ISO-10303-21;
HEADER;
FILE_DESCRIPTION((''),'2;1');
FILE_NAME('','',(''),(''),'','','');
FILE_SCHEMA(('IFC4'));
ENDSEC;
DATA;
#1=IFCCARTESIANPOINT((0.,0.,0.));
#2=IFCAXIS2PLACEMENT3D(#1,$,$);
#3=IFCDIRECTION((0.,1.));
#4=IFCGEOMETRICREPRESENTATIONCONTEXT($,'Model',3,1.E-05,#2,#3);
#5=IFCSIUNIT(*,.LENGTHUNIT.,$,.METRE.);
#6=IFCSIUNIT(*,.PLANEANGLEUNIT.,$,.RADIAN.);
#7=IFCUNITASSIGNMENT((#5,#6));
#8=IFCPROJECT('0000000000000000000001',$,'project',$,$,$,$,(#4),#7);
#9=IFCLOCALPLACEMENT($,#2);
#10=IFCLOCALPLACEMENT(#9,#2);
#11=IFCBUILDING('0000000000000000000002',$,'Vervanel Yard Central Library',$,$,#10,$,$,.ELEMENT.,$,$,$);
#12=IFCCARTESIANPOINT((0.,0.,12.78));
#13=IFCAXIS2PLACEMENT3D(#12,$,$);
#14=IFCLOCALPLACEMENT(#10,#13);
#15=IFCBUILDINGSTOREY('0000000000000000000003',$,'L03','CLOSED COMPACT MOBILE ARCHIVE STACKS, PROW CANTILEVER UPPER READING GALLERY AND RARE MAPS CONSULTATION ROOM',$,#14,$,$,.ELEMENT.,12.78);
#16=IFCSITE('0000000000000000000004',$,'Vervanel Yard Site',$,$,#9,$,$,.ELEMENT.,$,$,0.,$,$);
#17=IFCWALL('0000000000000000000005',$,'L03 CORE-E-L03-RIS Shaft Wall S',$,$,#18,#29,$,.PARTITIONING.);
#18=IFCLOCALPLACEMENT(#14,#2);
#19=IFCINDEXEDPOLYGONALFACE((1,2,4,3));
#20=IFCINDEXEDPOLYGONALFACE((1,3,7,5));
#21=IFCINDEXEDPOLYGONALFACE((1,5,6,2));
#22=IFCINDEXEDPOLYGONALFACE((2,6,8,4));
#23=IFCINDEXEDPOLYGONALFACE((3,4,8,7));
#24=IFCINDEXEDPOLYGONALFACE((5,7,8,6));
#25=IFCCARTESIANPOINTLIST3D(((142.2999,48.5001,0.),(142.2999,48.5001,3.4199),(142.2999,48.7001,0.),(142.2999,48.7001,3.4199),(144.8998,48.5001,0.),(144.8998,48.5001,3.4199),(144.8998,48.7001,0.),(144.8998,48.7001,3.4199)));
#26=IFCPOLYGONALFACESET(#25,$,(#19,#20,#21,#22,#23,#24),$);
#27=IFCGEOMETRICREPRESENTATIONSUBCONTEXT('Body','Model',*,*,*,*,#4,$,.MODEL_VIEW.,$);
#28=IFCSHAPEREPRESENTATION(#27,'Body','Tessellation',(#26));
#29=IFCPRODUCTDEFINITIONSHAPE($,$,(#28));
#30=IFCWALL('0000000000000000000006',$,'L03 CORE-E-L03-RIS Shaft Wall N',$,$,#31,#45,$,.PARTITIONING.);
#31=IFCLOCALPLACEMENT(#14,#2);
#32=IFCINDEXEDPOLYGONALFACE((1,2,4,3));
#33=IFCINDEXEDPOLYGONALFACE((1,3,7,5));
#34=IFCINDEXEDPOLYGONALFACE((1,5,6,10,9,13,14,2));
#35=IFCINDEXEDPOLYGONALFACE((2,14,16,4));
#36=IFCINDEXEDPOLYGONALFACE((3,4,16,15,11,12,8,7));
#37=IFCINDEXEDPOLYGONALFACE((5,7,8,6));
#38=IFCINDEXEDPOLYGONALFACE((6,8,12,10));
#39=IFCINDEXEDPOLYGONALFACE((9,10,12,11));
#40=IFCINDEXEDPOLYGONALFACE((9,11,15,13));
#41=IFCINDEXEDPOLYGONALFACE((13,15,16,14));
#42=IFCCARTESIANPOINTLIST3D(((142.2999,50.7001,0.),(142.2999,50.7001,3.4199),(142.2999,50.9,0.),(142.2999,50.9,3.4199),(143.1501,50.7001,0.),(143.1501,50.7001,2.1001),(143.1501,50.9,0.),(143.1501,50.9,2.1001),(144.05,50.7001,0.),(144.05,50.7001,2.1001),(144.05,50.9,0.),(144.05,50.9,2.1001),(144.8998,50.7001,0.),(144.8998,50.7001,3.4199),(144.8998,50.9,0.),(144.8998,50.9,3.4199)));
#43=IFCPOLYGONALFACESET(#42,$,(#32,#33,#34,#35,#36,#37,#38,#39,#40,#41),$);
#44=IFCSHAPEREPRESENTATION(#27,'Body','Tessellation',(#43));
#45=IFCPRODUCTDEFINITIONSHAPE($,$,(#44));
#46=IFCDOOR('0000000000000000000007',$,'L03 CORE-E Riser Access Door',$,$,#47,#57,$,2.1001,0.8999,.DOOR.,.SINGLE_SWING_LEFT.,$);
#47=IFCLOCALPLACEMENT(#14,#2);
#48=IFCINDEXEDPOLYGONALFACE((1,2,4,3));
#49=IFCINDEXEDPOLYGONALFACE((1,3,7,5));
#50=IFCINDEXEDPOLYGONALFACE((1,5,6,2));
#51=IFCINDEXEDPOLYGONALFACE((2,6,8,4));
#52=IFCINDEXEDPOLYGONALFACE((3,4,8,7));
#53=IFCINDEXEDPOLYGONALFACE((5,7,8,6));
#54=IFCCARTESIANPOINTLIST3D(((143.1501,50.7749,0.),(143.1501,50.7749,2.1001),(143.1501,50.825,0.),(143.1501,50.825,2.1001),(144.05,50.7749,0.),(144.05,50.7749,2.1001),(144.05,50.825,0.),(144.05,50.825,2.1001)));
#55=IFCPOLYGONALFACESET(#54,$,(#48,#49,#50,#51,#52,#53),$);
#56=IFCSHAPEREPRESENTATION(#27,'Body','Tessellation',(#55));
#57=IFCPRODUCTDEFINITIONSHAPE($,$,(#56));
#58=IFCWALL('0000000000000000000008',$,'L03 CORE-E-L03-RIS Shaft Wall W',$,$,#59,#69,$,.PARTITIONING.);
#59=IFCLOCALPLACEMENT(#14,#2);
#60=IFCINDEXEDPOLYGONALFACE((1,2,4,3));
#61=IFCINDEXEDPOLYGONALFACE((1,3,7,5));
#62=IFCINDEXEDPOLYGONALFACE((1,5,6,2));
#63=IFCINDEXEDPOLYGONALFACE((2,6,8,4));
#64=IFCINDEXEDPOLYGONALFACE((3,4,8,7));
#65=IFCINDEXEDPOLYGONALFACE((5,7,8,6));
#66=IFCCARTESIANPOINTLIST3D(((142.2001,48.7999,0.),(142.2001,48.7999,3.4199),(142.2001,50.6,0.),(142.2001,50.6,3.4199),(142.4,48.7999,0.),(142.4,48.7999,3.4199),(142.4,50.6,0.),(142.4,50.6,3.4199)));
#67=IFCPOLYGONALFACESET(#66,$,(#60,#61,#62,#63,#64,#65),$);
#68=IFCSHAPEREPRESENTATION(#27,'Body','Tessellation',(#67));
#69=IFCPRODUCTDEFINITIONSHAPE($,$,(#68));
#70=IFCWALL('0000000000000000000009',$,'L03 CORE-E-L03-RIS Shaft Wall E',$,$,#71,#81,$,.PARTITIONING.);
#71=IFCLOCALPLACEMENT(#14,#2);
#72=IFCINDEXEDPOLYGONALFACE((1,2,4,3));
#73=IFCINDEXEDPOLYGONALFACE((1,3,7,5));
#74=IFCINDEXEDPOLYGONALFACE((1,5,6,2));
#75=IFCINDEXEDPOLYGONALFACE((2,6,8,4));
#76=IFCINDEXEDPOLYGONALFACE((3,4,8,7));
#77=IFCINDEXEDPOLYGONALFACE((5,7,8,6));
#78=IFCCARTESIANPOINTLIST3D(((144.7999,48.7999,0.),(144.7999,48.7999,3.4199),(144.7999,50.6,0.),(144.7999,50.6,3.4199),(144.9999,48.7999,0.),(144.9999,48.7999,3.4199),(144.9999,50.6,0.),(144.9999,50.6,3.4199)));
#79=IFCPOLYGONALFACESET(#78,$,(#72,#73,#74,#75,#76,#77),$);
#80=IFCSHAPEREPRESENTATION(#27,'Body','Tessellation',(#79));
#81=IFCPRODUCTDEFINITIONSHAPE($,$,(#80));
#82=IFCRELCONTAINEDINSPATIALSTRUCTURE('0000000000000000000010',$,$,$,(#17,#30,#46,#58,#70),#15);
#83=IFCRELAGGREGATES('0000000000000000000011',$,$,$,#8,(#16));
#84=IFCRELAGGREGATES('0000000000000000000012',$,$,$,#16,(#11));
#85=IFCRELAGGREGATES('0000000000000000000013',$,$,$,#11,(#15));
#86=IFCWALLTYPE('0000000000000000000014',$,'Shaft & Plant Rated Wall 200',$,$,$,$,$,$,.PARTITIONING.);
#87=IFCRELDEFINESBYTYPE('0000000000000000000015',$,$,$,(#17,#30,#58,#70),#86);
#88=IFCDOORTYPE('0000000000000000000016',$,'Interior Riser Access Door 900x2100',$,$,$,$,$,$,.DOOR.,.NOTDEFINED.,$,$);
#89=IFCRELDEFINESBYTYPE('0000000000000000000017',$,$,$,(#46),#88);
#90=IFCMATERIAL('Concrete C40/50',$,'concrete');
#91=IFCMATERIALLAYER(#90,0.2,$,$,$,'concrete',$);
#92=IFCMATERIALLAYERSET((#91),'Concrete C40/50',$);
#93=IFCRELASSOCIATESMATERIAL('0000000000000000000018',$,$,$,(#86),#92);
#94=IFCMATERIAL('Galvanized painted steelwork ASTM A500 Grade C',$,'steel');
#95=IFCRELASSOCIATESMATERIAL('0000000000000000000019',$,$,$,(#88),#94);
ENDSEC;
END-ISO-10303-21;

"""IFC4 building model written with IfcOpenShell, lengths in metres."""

from ifc_helpers import new_model, si_unit, direction, frame, frame_2d, origin, place, context, subcontext, project, spatial, rectangle, extrude, material, layer, layer_set, type_object, element, fill, save


model = new_model("IFC4")

# Units and contexts
model_context = context("Model", 3, precision=1e-05, world=origin(), true_north=direction((0.0, 1.0)))
body_context = subcontext(model_context, "Body", "Model", "MODEL_VIEW")
ifc_project = project(units=[si_unit("LENGTHUNIT", "METRE"), si_unit("PLANEANGLEUNIT", "RADIAN")], contexts=[model_context])

# Site, building, storey
site_placement = place(None, origin())
site = spatial("IfcSite", under=ifc_project, at=site_placement, Name="Vervanel Yard Site", CompositionType="ELEMENT", RefElevation=0.0)
building_placement = place(site_placement, origin())
building = spatial("IfcBuilding", under=site, at=building_placement, Name="Vervanel Yard Central Library", CompositionType="ELEMENT")
storey_placement = place(building_placement, frame((0.0, 0.0, 12.78)))
storey = spatial("IfcBuildingStorey", under=building, at=storey_placement, Name="L03", Description="CLOSED COMPACT MOBILE ARCHIVE STACKS, PROW CANTILEVER UPPER READING GALLERY AND RARE MAPS CONSULTATION ROOM", CompositionType="ELEMENT", Elevation=12.78)

# Shared definitions
ifc_material_1 = material(Name="Concrete C40/50", Category="concrete")
ifc_layer_1 = layer(ifc_material_1, 0.2, Category="concrete")
ifc_layer_set_1 = layer_set([ifc_layer_1], Name="Concrete C40/50")
wall_type = type_object("IfcWallType", Name="Shaft & Plant Rated Wall 200", PredefinedType="PARTITIONING", material=ifc_layer_set_1)

# Wall
wall_1_placement = place(storey_placement, frame((142.3, 48.6001, 0.0), z_axis=(0.0, 0.0, 1.0), x_axis=(1.0, 0.0, 0.0)))
element("IfcWall", 1, at=wall_1_placement, inside=storey, type_object=wall_type, Name="L03 CORE-E-L03-RIS Shaft Wall S", PredefinedType="PARTITIONING", context=body_context, shape_type="SweptSolid", body=[
    extrude(rectangle(XDim=2.5999, YDim=0.2, at=frame_2d((1.2998, 0.0))), origin(), (0.0, 0.0, 1.0), 3.4199),
])

# Wall, opening, door
wall_2_placement = place(storey_placement, frame((142.3, 50.8, 0.0), z_axis=(0.0, 0.0, 1.0), x_axis=(1.0, 0.0, 0.0)))
wall_2 = element("IfcWall", 2, at=wall_2_placement, inside=storey, type_object=wall_type, Name="L03 CORE-E-L03-RIS Shaft Wall N", PredefinedType="PARTITIONING", context=body_context, shape_type="SweptSolid", body=[
    extrude(rectangle(XDim=2.5999, YDim=0.2, at=frame_2d((1.2998, 0.0))), origin(), (0.0, 0.0, 1.0), 3.4199),
])
opening_1_placement = place(wall_2_placement, frame((0.8501, 0.0, 0.0)))
opening_1 = element("IfcOpeningElement", 3, at=opening_1_placement, cuts=wall_2, PredefinedType="OPENING", context=body_context, shape_type="SweptSolid", body=[
    extrude(rectangle(XDim=0.8999, YDim=2.1001, at=frame_2d((0.45, 1.05))), frame((0.0, 0.1099, 0.0), z_axis=(0.0, -1.0, 0.0), x_axis=(1.0, 0.0, 0.0)), (0.0, 0.0, 1.0), 0.22),
])
ifc_material_2 = material(Name="Galvanized painted steelwork ASTM A500 Grade C", Category="steel")
door_type_1 = type_object("IfcDoorType", Name="Interior Riser Access Door 900x2100", OperationType="NOTDEFINED", PredefinedType="DOOR", material=ifc_material_2)
door_1_placement = place(opening_1_placement, origin())
door_1 = element("IfcDoor", 4, at=door_1_placement, inside=storey, type_object=door_type_1, Name="L03 CORE-E Riser Access Door", OperationType="SINGLE_SWING_LEFT", OverallHeight=2.1001, OverallWidth=0.8999, PredefinedType="DOOR", context=body_context, shape_type="SweptSolid", body=[
    extrude(rectangle(XDim=0.8999, YDim=2.1001, at=frame_2d((0.45, 1.05))), frame((0.0, 0.0249, 0.0), z_axis=(0.0, -1.0, 0.0), x_axis=(1.0, 0.0, 0.0)), (0.0, 0.0, 1.0), 0.05),
])
fill(opening_1, door_1)

# Walls
for number, where, z_axis, x_axis, name in (
    (5, (142.3, 48.8, 0.0), (0.0, 0.0, 1.0), (0.0, 1.0, 0.0), "L03 CORE-E-L03-RIS Shaft Wall W"),
    (6, (144.8999, 48.8, 0.0), (0.0, 0.0, 1.0), (0.0, 1.0, 0.0), "L03 CORE-E-L03-RIS Shaft Wall E"),
):
    element("IfcWall", number, at=place(storey_placement, frame(where, z_axis=z_axis, x_axis=x_axis)), inside=storey, type_object=wall_type, Name=name, PredefinedType="PARTITIONING", context=body_context, shape_type="SweptSolid", body=[
        extrude(rectangle(XDim=1.8, YDim=0.2, at=frame_2d((0.8999, 0.0))), origin(), (0.0, 0.0, 1.0), 3.4199),
    ])

save(model, "model.ifc")
